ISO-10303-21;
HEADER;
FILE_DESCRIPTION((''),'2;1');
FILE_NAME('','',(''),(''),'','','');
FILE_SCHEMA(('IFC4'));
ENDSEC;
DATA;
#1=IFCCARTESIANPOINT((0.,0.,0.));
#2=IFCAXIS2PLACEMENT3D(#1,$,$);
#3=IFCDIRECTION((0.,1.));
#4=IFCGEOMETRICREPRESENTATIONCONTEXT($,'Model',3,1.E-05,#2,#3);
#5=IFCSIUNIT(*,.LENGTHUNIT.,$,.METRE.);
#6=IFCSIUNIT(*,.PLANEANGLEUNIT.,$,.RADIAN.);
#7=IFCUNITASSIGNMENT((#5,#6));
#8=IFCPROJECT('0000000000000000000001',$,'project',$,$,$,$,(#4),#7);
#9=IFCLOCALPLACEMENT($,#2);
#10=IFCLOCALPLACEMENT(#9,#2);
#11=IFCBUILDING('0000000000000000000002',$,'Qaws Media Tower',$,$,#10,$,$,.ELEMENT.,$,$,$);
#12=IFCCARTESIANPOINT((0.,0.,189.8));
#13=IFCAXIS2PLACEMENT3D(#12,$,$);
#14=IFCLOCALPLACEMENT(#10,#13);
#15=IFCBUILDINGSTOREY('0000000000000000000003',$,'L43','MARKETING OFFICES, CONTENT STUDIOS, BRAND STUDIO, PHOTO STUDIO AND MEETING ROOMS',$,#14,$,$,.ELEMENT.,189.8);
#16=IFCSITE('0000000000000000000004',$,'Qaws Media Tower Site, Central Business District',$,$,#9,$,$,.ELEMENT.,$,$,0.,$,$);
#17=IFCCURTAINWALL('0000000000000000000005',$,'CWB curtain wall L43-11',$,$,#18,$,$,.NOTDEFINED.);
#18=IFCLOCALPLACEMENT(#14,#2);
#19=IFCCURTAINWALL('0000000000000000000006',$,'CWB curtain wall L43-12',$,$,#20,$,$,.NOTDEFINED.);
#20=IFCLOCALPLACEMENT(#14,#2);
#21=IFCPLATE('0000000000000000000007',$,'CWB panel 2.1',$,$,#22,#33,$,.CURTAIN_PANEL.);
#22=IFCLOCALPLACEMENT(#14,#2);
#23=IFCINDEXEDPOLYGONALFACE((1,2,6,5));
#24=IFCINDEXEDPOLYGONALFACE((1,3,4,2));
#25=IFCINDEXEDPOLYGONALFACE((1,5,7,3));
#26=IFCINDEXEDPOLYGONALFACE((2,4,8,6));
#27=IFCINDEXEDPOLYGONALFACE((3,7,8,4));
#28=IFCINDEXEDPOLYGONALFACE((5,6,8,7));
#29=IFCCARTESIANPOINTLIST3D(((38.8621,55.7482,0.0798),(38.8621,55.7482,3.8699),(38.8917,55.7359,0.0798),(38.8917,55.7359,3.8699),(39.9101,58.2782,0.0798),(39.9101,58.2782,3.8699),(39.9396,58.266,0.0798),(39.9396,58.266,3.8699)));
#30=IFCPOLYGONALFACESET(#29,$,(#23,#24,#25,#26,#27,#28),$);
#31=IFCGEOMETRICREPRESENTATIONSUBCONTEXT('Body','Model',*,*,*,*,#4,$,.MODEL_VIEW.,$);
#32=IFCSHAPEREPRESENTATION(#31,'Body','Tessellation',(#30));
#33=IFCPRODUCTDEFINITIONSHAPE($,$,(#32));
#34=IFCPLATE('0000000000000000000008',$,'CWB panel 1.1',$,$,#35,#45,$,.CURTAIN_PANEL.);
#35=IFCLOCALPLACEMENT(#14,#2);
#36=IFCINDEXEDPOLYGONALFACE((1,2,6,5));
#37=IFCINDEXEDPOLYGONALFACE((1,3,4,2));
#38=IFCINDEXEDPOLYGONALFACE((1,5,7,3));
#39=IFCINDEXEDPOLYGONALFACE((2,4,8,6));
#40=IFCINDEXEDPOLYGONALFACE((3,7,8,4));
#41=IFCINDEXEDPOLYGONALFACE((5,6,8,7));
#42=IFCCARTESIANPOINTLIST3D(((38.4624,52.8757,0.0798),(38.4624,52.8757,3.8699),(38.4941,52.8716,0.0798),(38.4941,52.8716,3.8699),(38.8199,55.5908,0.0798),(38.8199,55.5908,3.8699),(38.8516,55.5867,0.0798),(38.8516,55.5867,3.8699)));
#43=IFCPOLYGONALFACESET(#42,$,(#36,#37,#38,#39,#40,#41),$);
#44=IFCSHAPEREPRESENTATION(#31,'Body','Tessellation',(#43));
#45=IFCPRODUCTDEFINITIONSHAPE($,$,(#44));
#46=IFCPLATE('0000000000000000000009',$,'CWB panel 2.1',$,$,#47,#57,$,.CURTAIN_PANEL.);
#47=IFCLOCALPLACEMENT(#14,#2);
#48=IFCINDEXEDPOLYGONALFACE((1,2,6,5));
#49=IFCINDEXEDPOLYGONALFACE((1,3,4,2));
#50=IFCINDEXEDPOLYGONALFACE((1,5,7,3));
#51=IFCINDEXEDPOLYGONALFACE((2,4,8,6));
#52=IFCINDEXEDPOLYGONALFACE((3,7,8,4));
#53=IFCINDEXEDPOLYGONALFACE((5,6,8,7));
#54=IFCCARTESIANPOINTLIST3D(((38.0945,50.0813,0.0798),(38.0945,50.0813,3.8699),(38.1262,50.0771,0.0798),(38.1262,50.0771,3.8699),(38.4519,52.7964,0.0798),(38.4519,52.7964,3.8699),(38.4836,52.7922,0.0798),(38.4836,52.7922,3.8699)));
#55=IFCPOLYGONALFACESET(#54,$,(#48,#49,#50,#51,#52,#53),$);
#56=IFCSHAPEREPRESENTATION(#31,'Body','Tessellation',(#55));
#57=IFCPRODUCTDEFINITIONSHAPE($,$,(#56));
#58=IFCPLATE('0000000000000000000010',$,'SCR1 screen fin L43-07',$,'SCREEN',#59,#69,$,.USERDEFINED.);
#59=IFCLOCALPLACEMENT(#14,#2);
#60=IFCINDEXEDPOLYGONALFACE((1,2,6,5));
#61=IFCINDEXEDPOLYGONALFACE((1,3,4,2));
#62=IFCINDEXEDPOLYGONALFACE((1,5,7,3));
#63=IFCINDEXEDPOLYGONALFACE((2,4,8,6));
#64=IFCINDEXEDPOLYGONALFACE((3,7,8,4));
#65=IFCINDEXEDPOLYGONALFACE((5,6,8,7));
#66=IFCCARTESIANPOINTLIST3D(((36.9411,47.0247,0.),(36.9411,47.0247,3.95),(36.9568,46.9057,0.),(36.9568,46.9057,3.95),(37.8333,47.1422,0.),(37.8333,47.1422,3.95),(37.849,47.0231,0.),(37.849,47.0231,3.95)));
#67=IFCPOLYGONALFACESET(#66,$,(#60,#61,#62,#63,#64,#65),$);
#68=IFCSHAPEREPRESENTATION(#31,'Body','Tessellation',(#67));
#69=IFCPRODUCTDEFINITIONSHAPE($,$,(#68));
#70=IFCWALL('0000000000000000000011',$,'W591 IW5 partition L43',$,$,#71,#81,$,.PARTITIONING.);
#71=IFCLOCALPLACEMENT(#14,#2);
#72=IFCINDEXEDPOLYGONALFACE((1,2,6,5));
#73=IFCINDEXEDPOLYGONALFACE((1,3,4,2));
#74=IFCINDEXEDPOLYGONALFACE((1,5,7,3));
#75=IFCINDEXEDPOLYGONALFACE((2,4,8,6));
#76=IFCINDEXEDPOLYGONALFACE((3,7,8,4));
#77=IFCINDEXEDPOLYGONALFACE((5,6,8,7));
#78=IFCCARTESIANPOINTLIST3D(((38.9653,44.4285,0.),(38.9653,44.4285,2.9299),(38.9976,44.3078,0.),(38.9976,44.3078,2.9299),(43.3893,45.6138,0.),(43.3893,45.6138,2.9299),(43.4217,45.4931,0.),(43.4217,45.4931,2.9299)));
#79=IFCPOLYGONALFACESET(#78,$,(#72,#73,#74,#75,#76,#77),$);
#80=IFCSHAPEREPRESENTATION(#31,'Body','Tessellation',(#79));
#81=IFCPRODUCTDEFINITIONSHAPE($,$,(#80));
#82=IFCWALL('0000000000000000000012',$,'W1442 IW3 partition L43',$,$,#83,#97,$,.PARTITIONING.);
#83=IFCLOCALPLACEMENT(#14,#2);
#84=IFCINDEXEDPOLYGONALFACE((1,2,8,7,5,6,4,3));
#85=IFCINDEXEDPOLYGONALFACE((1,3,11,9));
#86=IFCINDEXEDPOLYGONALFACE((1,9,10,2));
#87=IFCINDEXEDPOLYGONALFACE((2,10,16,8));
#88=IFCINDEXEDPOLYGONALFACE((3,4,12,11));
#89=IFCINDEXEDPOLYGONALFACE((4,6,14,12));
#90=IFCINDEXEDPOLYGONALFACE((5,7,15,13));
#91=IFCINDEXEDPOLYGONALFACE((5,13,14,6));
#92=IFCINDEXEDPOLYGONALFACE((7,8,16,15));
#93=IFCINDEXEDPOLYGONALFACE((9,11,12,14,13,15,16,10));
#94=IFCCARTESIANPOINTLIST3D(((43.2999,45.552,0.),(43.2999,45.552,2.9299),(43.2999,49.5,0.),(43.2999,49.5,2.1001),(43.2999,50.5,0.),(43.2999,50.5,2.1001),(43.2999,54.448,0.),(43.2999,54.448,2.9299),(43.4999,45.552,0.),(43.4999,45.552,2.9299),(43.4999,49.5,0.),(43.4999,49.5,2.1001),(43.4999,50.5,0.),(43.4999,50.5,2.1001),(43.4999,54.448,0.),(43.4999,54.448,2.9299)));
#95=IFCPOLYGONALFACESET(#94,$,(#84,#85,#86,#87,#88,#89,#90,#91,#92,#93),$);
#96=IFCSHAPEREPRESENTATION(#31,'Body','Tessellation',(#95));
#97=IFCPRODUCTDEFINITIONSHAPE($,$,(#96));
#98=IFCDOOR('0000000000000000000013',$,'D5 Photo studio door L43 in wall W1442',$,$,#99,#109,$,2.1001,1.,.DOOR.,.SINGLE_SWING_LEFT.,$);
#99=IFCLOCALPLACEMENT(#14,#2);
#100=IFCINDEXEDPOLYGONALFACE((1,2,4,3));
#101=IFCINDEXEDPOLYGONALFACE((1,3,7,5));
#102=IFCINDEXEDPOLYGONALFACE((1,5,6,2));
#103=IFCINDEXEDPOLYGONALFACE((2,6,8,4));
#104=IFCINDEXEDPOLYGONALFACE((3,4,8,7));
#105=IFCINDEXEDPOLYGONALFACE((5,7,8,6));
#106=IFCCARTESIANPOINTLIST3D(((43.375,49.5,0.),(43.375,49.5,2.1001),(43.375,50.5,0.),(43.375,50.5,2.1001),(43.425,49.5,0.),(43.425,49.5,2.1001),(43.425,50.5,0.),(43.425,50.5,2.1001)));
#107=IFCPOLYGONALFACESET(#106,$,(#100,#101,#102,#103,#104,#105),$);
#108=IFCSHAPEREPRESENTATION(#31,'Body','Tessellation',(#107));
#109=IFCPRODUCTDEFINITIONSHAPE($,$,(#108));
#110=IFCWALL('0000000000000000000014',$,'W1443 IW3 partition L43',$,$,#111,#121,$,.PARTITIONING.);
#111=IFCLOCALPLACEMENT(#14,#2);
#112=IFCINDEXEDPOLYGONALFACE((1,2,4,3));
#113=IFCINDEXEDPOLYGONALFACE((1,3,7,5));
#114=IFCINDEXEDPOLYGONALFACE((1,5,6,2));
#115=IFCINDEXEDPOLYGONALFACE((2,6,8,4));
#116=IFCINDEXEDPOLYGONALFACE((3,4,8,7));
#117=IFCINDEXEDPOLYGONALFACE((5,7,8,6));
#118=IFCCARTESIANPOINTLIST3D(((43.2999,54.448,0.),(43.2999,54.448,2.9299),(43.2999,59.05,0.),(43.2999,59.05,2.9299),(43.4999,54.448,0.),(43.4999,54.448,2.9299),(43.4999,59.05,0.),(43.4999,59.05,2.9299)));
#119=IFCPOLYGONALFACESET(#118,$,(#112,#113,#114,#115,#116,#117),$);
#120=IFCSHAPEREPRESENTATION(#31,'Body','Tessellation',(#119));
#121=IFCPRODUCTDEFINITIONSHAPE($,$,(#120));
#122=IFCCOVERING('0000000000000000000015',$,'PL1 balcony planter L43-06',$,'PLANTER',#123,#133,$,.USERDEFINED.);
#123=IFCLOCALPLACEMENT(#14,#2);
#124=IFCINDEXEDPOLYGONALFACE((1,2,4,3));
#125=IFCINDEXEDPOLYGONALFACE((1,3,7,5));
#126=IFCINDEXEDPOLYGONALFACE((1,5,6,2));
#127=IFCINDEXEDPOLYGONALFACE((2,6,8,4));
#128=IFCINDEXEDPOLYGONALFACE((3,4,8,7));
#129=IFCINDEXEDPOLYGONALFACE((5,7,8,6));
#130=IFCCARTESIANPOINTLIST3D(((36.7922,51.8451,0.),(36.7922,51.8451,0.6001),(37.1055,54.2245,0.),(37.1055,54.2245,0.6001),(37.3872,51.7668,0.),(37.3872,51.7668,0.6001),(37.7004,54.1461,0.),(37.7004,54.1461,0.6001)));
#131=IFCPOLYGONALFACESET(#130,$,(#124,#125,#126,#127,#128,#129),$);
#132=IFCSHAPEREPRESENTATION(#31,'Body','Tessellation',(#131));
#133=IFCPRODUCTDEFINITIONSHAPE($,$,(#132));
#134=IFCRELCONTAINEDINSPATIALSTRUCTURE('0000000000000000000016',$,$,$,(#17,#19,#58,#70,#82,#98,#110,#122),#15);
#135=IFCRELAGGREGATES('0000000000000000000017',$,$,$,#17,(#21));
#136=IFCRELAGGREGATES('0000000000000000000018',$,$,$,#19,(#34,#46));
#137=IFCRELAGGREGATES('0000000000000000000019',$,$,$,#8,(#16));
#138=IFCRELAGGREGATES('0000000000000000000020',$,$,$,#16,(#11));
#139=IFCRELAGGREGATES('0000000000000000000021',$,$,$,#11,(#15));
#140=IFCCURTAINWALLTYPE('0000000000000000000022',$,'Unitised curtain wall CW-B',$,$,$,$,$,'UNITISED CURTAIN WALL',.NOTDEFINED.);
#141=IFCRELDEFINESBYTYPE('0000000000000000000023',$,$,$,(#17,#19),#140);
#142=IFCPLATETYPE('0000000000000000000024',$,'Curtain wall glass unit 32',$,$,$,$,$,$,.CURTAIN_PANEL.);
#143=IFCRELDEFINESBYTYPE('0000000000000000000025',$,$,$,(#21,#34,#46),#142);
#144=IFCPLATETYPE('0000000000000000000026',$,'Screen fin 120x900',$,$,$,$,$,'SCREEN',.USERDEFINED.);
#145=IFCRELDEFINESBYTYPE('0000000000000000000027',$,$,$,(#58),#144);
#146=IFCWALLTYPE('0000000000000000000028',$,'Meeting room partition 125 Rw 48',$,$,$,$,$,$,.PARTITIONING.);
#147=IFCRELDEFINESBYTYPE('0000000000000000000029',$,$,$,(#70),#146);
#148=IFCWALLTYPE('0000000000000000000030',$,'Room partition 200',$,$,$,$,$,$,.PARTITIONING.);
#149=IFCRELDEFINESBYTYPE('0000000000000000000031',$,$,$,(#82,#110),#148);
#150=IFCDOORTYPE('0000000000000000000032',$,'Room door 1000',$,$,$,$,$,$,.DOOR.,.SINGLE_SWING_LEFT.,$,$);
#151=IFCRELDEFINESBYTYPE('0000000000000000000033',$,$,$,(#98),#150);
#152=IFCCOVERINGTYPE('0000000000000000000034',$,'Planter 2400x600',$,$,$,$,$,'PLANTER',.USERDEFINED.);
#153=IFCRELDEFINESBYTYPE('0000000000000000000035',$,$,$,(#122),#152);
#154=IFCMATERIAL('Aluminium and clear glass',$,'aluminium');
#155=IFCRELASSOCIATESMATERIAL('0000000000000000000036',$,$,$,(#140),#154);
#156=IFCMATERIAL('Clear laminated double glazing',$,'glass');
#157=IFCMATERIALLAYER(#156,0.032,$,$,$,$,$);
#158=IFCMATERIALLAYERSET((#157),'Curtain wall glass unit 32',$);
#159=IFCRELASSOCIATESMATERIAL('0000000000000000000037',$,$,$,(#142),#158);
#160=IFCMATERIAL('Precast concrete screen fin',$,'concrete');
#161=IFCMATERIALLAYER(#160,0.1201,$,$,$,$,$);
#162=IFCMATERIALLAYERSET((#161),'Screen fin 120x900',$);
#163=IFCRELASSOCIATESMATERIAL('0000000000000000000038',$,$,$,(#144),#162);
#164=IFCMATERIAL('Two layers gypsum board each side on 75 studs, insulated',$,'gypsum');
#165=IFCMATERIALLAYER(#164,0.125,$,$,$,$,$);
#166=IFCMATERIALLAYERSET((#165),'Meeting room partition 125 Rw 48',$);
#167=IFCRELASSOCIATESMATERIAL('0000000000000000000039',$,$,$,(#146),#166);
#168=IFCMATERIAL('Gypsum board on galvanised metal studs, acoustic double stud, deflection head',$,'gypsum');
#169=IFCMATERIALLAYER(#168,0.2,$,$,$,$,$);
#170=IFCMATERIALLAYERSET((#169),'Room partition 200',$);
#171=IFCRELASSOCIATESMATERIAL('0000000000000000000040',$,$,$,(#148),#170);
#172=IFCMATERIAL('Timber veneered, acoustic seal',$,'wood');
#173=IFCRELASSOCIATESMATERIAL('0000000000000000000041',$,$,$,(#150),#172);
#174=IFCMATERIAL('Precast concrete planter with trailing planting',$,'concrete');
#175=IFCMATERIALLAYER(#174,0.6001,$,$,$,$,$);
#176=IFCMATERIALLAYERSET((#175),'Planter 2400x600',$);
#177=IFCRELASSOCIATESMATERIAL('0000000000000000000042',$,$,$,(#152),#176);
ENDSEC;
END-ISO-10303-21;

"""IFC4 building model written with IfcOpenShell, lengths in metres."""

from ifc_helpers import new_model, si_unit, direction, frame, frame_2d, origin, origin_2d, place, context, subcontext, project, spatial, rectangle, extrude, material, layer, layer_set, type_object, element, fill, aggregate, save


model = new_model("IFC4")

# Units and contexts
model_context = context("Model", 3, precision=1e-05, world=origin(), true_north=direction((0.0, 1.0)))
body_context = subcontext(model_context, "Body", "Model", "MODEL_VIEW")
ifc_project = project(units=[si_unit("LENGTHUNIT", "METRE"), si_unit("PLANEANGLEUNIT", "RADIAN")], contexts=[model_context])

# Site, building, storey
site_placement = place(None, origin())
site = spatial("IfcSite", under=ifc_project, at=site_placement, Name="Qaws Media Tower Site, Central Business District", CompositionType="ELEMENT", RefElevation=0.0)
building_placement = place(site_placement, origin())
building = spatial("IfcBuilding", under=site, at=building_placement, Name="Qaws Media Tower", CompositionType="ELEMENT")
storey_placement = place(building_placement, frame((0.0, 0.0, 189.8)))
storey = spatial("IfcBuildingStorey", under=building, at=storey_placement, Name="L43", Description="MARKETING OFFICES, CONTENT STUDIOS, BRAND STUDIO, PHOTO STUDIO AND MEETING ROOMS", CompositionType="ELEMENT", Elevation=189.8)

# Curtain wall
ifc_material_1 = material(Name="Aluminium and clear glass", Category="aluminium")
curtain_wall_type = type_object("IfcCurtainWallType", Name="Unitised curtain wall CW-B", ElementType="UNITISED CURTAIN WALL", PredefinedType="NOTDEFINED", material=ifc_material_1)
curtain_wall_1_placement = place(storey_placement, origin())
curtain_wall_1 = element("IfcCurtainWall", 1, at=curtain_wall_1_placement, inside=storey, type_object=curtain_wall_type, Name="CWB curtain wall L43-11", PredefinedType="NOTDEFINED")

# Curtain wall
curtain_wall_2_placement = place(storey_placement, origin())
curtain_wall_2 = element("IfcCurtainWall", 2, at=curtain_wall_2_placement, inside=storey, type_object=curtain_wall_type, Name="CWB curtain wall L43-12", PredefinedType="NOTDEFINED")

# Plates
ifc_material_2 = material(Name="Clear laminated double glazing", Category="glass")
ifc_layer_1 = layer(ifc_material_2, 0.032)
ifc_layer_set_1 = layer_set([ifc_layer_1], Name="Curtain wall glass unit 32")
plate_type_1 = type_object("IfcPlateType", Name="Curtain wall glass unit 32", PredefinedType="CURTAIN_PANEL", material=ifc_layer_set_1)
plate_1_placement = place(storey_placement, frame((39.4009, 57.0071, 0.0798), z_axis=(0.0, 0.0, 1.0), x_axis=(-0.382684, -0.923879, 0.0)))
plate_1 = element("IfcPlate", 3, at=plate_1_placement, type_object=plate_type_1, Name="CWB panel 2.1", PredefinedType="CURTAIN_PANEL", context=body_context, shape_type="SweptSolid", body=[
    extrude(rectangle(XDim=2.7385, YDim=0.032, at=origin_2d()), origin(), (0.0, 0.0, 1.0), 3.79),
])
aggregate(curtain_wall_1, [plate_1])
plate_2_placement = place(storey_placement, frame((38.657, 54.2312, 0.0798), z_axis=(0.0, 0.0, 1.0), x_axis=(-0.130526, -0.991445, 0.0)))
plate_2 = element("IfcPlate", 4, at=plate_2_placement, type_object=plate_type_1, Name="CWB panel 1.1", PredefinedType="CURTAIN_PANEL", context=body_context, shape_type="SweptSolid", body=[
    extrude(rectangle(XDim=2.7385, YDim=0.032, at=origin_2d()), origin(), (0.0, 0.0, 1.0), 3.79),
])
plate_3_placement = place(storey_placement, frame((38.2891, 51.4368, 0.0798), z_axis=(0.0, 0.0, 1.0), x_axis=(-0.130526, -0.991445, 0.0)))
plate_3 = element("IfcPlate", 5, at=plate_3_placement, type_object=plate_type_1, Name="CWB panel 2.1", PredefinedType="CURTAIN_PANEL", context=body_context, shape_type="SweptSolid", body=[
    extrude(rectangle(XDim=2.7385, YDim=0.032, at=origin_2d()), origin(), (0.0, 0.0, 1.0), 3.79),
])
aggregate(curtain_wall_2, [plate_2, plate_3])
ifc_material_3 = material(Name="Precast concrete screen fin", Category="concrete")
ifc_layer_2 = layer(ifc_material_3, 0.1201)
ifc_layer_set_2 = layer_set([ifc_layer_2], Name="Screen fin 120x900")
plate_type_2 = type_object("IfcPlateType", Name="Screen fin 120x900", ElementType="SCREEN", PredefinedType="USERDEFINED", material=ifc_layer_set_2)
plate_4_placement = place(storey_placement, frame((37.395, 47.0239, 0.0), z_axis=(0.0, 0.0, 1.0), x_axis=(-0.991445, -0.130526, 0.0)))
element("IfcPlate", 6, at=plate_4_placement, inside=storey, type_object=plate_type_2, Name="SCR1 screen fin L43-07", ObjectType="SCREEN", PredefinedType="USERDEFINED", context=body_context, shape_type="SweptSolid", body=[
    extrude(rectangle(XDim=0.8999, YDim=0.1201, at=origin_2d()), origin(), (0.0, 0.0, 1.0), 3.95),
])

# Wall
ifc_material_4 = material(Name="Two layers gypsum board each side on 75 studs, insulated", Category="gypsum")
ifc_layer_3 = layer(ifc_material_4, 0.125)
ifc_layer_set_3 = layer_set([ifc_layer_3], Name="Meeting room partition 125 Rw 48")
wall_type_1 = type_object("IfcWallType", Name="Meeting room partition 125 Rw 48", PredefinedType="PARTITIONING", material=ifc_layer_set_3)
wall_1_placement = place(storey_placement, frame((43.4055, 45.5535, 0.0), z_axis=(0.0, 0.0, 1.0), x_axis=(-0.965933, -0.258794, 0.0)))
element("IfcWall", 7, at=wall_1_placement, inside=storey, type_object=wall_type_1, Name="W591 IW5 partition L43", PredefinedType="PARTITIONING", context=body_context, shape_type="SweptSolid", body=[
    extrude(rectangle(XDim=4.5801, YDim=0.125, at=frame_2d((2.29, 0.0))), origin(), (0.0, 0.0, 1.0), 2.9299),
])

# Wall, opening, door
ifc_material_5 = material(Name="Gypsum board on galvanised metal studs, acoustic double stud, deflection head", Category="gypsum")
ifc_layer_4 = layer(ifc_material_5, 0.2)
ifc_layer_set_4 = layer_set([ifc_layer_4], Name="Room partition 200")
wall_type_2 = type_object("IfcWallType", Name="Room partition 200", PredefinedType="PARTITIONING", material=ifc_layer_set_4)
wall_2_placement = place(storey_placement, frame((43.3999, 45.552, 0.0), z_axis=(0.0, 0.0, 1.0), x_axis=(0.0, 1.0, 0.0)))
wall_2 = element("IfcWall", 8, at=wall_2_placement, inside=storey, type_object=wall_type_2, Name="W1442 IW3 partition L43", PredefinedType="PARTITIONING", context=body_context, shape_type="SweptSolid", body=[
    extrude(rectangle(XDim=8.896, YDim=0.2, at=frame_2d((4.448, 0.0))), origin(), (0.0, 0.0, 1.0), 2.9299),
])
opening_1_placement = place(wall_2_placement, frame((3.948, 0.0, 0.0)))
opening_1 = element("IfcOpeningElement", 9, at=opening_1_placement, cuts=wall_2, PredefinedType="OPENING", context=body_context, shape_type="SweptSolid", body=[
    extrude(rectangle(XDim=1.0, YDim=2.1001, at=frame_2d((0.5, 1.05))), frame((0.0, 0.1099, 0.0), z_axis=(0.0, -1.0, 0.0), x_axis=(1.0, 0.0, 0.0)), (0.0, 0.0, 1.0), 0.22),
])
ifc_material_6 = material(Name="Timber veneered, acoustic seal", Category="wood")
door_type_1 = type_object("IfcDoorType", Name="Room door 1000", OperationType="SINGLE_SWING_LEFT", PredefinedType="DOOR", material=ifc_material_6)
door_1_placement = place(opening_1_placement, origin())
door_1 = element("IfcDoor", 10, at=door_1_placement, inside=storey, type_object=door_type_1, Name="D5 Photo studio door L43 in wall W1442", OperationType="SINGLE_SWING_LEFT", OverallHeight=2.1001, OverallWidth=1.0, PredefinedType="DOOR", context=body_context, shape_type="SweptSolid", body=[
    extrude(rectangle(XDim=1.0, YDim=2.1001, at=frame_2d((0.5, 1.05))), frame((0.0, 0.0249, 0.0), z_axis=(0.0, -1.0, 0.0), x_axis=(1.0, 0.0, 0.0)), (0.0, 0.0, 1.0), 0.05),
])
fill(opening_1, door_1)

# Wall
wall_3_placement = place(storey_placement, frame((43.3999, 54.448, 0.0), z_axis=(0.0, 0.0, 1.0), x_axis=(0.0, 1.0, 0.0)))
element("IfcWall", 11, at=wall_3_placement, inside=storey, type_object=wall_type_2, Name="W1443 IW3 partition L43", PredefinedType="PARTITIONING", context=body_context, shape_type="SweptSolid", body=[
    extrude(rectangle(XDim=4.6021, YDim=0.2, at=frame_2d((2.301, 0.0))), origin(), (0.0, 0.0, 1.0), 2.9299),
])

# Covering
ifc_material_7 = material(Name="Precast concrete planter with trailing planting", Category="concrete")
ifc_layer_5 = layer(ifc_material_7, 0.6001)
ifc_layer_set_5 = layer_set([ifc_layer_5], Name="Planter 2400x600")
covering_type = type_object("IfcCoveringType", Name="Planter 2400x600", ElementType="PLANTER", PredefinedType="USERDEFINED", material=ifc_layer_set_5)
covering_placement = place(storey_placement, frame((37.2463, 52.9956, 0.0), z_axis=(0.0, 0.0, 1.0), x_axis=(-0.130526, -0.991445, 0.0)))
element("IfcCovering", 12, at=covering_placement, inside=storey, type_object=covering_type, Name="PL1 balcony planter L43-06", ObjectType="PLANTER", PredefinedType="USERDEFINED", context=body_context, shape_type="SweptSolid", body=[
    extrude(rectangle(XDim=2.3999, YDim=0.6001, at=origin_2d()), origin(), (0.0, 0.0, 1.0), 0.6001),
])

save(model, "model.ifc")
